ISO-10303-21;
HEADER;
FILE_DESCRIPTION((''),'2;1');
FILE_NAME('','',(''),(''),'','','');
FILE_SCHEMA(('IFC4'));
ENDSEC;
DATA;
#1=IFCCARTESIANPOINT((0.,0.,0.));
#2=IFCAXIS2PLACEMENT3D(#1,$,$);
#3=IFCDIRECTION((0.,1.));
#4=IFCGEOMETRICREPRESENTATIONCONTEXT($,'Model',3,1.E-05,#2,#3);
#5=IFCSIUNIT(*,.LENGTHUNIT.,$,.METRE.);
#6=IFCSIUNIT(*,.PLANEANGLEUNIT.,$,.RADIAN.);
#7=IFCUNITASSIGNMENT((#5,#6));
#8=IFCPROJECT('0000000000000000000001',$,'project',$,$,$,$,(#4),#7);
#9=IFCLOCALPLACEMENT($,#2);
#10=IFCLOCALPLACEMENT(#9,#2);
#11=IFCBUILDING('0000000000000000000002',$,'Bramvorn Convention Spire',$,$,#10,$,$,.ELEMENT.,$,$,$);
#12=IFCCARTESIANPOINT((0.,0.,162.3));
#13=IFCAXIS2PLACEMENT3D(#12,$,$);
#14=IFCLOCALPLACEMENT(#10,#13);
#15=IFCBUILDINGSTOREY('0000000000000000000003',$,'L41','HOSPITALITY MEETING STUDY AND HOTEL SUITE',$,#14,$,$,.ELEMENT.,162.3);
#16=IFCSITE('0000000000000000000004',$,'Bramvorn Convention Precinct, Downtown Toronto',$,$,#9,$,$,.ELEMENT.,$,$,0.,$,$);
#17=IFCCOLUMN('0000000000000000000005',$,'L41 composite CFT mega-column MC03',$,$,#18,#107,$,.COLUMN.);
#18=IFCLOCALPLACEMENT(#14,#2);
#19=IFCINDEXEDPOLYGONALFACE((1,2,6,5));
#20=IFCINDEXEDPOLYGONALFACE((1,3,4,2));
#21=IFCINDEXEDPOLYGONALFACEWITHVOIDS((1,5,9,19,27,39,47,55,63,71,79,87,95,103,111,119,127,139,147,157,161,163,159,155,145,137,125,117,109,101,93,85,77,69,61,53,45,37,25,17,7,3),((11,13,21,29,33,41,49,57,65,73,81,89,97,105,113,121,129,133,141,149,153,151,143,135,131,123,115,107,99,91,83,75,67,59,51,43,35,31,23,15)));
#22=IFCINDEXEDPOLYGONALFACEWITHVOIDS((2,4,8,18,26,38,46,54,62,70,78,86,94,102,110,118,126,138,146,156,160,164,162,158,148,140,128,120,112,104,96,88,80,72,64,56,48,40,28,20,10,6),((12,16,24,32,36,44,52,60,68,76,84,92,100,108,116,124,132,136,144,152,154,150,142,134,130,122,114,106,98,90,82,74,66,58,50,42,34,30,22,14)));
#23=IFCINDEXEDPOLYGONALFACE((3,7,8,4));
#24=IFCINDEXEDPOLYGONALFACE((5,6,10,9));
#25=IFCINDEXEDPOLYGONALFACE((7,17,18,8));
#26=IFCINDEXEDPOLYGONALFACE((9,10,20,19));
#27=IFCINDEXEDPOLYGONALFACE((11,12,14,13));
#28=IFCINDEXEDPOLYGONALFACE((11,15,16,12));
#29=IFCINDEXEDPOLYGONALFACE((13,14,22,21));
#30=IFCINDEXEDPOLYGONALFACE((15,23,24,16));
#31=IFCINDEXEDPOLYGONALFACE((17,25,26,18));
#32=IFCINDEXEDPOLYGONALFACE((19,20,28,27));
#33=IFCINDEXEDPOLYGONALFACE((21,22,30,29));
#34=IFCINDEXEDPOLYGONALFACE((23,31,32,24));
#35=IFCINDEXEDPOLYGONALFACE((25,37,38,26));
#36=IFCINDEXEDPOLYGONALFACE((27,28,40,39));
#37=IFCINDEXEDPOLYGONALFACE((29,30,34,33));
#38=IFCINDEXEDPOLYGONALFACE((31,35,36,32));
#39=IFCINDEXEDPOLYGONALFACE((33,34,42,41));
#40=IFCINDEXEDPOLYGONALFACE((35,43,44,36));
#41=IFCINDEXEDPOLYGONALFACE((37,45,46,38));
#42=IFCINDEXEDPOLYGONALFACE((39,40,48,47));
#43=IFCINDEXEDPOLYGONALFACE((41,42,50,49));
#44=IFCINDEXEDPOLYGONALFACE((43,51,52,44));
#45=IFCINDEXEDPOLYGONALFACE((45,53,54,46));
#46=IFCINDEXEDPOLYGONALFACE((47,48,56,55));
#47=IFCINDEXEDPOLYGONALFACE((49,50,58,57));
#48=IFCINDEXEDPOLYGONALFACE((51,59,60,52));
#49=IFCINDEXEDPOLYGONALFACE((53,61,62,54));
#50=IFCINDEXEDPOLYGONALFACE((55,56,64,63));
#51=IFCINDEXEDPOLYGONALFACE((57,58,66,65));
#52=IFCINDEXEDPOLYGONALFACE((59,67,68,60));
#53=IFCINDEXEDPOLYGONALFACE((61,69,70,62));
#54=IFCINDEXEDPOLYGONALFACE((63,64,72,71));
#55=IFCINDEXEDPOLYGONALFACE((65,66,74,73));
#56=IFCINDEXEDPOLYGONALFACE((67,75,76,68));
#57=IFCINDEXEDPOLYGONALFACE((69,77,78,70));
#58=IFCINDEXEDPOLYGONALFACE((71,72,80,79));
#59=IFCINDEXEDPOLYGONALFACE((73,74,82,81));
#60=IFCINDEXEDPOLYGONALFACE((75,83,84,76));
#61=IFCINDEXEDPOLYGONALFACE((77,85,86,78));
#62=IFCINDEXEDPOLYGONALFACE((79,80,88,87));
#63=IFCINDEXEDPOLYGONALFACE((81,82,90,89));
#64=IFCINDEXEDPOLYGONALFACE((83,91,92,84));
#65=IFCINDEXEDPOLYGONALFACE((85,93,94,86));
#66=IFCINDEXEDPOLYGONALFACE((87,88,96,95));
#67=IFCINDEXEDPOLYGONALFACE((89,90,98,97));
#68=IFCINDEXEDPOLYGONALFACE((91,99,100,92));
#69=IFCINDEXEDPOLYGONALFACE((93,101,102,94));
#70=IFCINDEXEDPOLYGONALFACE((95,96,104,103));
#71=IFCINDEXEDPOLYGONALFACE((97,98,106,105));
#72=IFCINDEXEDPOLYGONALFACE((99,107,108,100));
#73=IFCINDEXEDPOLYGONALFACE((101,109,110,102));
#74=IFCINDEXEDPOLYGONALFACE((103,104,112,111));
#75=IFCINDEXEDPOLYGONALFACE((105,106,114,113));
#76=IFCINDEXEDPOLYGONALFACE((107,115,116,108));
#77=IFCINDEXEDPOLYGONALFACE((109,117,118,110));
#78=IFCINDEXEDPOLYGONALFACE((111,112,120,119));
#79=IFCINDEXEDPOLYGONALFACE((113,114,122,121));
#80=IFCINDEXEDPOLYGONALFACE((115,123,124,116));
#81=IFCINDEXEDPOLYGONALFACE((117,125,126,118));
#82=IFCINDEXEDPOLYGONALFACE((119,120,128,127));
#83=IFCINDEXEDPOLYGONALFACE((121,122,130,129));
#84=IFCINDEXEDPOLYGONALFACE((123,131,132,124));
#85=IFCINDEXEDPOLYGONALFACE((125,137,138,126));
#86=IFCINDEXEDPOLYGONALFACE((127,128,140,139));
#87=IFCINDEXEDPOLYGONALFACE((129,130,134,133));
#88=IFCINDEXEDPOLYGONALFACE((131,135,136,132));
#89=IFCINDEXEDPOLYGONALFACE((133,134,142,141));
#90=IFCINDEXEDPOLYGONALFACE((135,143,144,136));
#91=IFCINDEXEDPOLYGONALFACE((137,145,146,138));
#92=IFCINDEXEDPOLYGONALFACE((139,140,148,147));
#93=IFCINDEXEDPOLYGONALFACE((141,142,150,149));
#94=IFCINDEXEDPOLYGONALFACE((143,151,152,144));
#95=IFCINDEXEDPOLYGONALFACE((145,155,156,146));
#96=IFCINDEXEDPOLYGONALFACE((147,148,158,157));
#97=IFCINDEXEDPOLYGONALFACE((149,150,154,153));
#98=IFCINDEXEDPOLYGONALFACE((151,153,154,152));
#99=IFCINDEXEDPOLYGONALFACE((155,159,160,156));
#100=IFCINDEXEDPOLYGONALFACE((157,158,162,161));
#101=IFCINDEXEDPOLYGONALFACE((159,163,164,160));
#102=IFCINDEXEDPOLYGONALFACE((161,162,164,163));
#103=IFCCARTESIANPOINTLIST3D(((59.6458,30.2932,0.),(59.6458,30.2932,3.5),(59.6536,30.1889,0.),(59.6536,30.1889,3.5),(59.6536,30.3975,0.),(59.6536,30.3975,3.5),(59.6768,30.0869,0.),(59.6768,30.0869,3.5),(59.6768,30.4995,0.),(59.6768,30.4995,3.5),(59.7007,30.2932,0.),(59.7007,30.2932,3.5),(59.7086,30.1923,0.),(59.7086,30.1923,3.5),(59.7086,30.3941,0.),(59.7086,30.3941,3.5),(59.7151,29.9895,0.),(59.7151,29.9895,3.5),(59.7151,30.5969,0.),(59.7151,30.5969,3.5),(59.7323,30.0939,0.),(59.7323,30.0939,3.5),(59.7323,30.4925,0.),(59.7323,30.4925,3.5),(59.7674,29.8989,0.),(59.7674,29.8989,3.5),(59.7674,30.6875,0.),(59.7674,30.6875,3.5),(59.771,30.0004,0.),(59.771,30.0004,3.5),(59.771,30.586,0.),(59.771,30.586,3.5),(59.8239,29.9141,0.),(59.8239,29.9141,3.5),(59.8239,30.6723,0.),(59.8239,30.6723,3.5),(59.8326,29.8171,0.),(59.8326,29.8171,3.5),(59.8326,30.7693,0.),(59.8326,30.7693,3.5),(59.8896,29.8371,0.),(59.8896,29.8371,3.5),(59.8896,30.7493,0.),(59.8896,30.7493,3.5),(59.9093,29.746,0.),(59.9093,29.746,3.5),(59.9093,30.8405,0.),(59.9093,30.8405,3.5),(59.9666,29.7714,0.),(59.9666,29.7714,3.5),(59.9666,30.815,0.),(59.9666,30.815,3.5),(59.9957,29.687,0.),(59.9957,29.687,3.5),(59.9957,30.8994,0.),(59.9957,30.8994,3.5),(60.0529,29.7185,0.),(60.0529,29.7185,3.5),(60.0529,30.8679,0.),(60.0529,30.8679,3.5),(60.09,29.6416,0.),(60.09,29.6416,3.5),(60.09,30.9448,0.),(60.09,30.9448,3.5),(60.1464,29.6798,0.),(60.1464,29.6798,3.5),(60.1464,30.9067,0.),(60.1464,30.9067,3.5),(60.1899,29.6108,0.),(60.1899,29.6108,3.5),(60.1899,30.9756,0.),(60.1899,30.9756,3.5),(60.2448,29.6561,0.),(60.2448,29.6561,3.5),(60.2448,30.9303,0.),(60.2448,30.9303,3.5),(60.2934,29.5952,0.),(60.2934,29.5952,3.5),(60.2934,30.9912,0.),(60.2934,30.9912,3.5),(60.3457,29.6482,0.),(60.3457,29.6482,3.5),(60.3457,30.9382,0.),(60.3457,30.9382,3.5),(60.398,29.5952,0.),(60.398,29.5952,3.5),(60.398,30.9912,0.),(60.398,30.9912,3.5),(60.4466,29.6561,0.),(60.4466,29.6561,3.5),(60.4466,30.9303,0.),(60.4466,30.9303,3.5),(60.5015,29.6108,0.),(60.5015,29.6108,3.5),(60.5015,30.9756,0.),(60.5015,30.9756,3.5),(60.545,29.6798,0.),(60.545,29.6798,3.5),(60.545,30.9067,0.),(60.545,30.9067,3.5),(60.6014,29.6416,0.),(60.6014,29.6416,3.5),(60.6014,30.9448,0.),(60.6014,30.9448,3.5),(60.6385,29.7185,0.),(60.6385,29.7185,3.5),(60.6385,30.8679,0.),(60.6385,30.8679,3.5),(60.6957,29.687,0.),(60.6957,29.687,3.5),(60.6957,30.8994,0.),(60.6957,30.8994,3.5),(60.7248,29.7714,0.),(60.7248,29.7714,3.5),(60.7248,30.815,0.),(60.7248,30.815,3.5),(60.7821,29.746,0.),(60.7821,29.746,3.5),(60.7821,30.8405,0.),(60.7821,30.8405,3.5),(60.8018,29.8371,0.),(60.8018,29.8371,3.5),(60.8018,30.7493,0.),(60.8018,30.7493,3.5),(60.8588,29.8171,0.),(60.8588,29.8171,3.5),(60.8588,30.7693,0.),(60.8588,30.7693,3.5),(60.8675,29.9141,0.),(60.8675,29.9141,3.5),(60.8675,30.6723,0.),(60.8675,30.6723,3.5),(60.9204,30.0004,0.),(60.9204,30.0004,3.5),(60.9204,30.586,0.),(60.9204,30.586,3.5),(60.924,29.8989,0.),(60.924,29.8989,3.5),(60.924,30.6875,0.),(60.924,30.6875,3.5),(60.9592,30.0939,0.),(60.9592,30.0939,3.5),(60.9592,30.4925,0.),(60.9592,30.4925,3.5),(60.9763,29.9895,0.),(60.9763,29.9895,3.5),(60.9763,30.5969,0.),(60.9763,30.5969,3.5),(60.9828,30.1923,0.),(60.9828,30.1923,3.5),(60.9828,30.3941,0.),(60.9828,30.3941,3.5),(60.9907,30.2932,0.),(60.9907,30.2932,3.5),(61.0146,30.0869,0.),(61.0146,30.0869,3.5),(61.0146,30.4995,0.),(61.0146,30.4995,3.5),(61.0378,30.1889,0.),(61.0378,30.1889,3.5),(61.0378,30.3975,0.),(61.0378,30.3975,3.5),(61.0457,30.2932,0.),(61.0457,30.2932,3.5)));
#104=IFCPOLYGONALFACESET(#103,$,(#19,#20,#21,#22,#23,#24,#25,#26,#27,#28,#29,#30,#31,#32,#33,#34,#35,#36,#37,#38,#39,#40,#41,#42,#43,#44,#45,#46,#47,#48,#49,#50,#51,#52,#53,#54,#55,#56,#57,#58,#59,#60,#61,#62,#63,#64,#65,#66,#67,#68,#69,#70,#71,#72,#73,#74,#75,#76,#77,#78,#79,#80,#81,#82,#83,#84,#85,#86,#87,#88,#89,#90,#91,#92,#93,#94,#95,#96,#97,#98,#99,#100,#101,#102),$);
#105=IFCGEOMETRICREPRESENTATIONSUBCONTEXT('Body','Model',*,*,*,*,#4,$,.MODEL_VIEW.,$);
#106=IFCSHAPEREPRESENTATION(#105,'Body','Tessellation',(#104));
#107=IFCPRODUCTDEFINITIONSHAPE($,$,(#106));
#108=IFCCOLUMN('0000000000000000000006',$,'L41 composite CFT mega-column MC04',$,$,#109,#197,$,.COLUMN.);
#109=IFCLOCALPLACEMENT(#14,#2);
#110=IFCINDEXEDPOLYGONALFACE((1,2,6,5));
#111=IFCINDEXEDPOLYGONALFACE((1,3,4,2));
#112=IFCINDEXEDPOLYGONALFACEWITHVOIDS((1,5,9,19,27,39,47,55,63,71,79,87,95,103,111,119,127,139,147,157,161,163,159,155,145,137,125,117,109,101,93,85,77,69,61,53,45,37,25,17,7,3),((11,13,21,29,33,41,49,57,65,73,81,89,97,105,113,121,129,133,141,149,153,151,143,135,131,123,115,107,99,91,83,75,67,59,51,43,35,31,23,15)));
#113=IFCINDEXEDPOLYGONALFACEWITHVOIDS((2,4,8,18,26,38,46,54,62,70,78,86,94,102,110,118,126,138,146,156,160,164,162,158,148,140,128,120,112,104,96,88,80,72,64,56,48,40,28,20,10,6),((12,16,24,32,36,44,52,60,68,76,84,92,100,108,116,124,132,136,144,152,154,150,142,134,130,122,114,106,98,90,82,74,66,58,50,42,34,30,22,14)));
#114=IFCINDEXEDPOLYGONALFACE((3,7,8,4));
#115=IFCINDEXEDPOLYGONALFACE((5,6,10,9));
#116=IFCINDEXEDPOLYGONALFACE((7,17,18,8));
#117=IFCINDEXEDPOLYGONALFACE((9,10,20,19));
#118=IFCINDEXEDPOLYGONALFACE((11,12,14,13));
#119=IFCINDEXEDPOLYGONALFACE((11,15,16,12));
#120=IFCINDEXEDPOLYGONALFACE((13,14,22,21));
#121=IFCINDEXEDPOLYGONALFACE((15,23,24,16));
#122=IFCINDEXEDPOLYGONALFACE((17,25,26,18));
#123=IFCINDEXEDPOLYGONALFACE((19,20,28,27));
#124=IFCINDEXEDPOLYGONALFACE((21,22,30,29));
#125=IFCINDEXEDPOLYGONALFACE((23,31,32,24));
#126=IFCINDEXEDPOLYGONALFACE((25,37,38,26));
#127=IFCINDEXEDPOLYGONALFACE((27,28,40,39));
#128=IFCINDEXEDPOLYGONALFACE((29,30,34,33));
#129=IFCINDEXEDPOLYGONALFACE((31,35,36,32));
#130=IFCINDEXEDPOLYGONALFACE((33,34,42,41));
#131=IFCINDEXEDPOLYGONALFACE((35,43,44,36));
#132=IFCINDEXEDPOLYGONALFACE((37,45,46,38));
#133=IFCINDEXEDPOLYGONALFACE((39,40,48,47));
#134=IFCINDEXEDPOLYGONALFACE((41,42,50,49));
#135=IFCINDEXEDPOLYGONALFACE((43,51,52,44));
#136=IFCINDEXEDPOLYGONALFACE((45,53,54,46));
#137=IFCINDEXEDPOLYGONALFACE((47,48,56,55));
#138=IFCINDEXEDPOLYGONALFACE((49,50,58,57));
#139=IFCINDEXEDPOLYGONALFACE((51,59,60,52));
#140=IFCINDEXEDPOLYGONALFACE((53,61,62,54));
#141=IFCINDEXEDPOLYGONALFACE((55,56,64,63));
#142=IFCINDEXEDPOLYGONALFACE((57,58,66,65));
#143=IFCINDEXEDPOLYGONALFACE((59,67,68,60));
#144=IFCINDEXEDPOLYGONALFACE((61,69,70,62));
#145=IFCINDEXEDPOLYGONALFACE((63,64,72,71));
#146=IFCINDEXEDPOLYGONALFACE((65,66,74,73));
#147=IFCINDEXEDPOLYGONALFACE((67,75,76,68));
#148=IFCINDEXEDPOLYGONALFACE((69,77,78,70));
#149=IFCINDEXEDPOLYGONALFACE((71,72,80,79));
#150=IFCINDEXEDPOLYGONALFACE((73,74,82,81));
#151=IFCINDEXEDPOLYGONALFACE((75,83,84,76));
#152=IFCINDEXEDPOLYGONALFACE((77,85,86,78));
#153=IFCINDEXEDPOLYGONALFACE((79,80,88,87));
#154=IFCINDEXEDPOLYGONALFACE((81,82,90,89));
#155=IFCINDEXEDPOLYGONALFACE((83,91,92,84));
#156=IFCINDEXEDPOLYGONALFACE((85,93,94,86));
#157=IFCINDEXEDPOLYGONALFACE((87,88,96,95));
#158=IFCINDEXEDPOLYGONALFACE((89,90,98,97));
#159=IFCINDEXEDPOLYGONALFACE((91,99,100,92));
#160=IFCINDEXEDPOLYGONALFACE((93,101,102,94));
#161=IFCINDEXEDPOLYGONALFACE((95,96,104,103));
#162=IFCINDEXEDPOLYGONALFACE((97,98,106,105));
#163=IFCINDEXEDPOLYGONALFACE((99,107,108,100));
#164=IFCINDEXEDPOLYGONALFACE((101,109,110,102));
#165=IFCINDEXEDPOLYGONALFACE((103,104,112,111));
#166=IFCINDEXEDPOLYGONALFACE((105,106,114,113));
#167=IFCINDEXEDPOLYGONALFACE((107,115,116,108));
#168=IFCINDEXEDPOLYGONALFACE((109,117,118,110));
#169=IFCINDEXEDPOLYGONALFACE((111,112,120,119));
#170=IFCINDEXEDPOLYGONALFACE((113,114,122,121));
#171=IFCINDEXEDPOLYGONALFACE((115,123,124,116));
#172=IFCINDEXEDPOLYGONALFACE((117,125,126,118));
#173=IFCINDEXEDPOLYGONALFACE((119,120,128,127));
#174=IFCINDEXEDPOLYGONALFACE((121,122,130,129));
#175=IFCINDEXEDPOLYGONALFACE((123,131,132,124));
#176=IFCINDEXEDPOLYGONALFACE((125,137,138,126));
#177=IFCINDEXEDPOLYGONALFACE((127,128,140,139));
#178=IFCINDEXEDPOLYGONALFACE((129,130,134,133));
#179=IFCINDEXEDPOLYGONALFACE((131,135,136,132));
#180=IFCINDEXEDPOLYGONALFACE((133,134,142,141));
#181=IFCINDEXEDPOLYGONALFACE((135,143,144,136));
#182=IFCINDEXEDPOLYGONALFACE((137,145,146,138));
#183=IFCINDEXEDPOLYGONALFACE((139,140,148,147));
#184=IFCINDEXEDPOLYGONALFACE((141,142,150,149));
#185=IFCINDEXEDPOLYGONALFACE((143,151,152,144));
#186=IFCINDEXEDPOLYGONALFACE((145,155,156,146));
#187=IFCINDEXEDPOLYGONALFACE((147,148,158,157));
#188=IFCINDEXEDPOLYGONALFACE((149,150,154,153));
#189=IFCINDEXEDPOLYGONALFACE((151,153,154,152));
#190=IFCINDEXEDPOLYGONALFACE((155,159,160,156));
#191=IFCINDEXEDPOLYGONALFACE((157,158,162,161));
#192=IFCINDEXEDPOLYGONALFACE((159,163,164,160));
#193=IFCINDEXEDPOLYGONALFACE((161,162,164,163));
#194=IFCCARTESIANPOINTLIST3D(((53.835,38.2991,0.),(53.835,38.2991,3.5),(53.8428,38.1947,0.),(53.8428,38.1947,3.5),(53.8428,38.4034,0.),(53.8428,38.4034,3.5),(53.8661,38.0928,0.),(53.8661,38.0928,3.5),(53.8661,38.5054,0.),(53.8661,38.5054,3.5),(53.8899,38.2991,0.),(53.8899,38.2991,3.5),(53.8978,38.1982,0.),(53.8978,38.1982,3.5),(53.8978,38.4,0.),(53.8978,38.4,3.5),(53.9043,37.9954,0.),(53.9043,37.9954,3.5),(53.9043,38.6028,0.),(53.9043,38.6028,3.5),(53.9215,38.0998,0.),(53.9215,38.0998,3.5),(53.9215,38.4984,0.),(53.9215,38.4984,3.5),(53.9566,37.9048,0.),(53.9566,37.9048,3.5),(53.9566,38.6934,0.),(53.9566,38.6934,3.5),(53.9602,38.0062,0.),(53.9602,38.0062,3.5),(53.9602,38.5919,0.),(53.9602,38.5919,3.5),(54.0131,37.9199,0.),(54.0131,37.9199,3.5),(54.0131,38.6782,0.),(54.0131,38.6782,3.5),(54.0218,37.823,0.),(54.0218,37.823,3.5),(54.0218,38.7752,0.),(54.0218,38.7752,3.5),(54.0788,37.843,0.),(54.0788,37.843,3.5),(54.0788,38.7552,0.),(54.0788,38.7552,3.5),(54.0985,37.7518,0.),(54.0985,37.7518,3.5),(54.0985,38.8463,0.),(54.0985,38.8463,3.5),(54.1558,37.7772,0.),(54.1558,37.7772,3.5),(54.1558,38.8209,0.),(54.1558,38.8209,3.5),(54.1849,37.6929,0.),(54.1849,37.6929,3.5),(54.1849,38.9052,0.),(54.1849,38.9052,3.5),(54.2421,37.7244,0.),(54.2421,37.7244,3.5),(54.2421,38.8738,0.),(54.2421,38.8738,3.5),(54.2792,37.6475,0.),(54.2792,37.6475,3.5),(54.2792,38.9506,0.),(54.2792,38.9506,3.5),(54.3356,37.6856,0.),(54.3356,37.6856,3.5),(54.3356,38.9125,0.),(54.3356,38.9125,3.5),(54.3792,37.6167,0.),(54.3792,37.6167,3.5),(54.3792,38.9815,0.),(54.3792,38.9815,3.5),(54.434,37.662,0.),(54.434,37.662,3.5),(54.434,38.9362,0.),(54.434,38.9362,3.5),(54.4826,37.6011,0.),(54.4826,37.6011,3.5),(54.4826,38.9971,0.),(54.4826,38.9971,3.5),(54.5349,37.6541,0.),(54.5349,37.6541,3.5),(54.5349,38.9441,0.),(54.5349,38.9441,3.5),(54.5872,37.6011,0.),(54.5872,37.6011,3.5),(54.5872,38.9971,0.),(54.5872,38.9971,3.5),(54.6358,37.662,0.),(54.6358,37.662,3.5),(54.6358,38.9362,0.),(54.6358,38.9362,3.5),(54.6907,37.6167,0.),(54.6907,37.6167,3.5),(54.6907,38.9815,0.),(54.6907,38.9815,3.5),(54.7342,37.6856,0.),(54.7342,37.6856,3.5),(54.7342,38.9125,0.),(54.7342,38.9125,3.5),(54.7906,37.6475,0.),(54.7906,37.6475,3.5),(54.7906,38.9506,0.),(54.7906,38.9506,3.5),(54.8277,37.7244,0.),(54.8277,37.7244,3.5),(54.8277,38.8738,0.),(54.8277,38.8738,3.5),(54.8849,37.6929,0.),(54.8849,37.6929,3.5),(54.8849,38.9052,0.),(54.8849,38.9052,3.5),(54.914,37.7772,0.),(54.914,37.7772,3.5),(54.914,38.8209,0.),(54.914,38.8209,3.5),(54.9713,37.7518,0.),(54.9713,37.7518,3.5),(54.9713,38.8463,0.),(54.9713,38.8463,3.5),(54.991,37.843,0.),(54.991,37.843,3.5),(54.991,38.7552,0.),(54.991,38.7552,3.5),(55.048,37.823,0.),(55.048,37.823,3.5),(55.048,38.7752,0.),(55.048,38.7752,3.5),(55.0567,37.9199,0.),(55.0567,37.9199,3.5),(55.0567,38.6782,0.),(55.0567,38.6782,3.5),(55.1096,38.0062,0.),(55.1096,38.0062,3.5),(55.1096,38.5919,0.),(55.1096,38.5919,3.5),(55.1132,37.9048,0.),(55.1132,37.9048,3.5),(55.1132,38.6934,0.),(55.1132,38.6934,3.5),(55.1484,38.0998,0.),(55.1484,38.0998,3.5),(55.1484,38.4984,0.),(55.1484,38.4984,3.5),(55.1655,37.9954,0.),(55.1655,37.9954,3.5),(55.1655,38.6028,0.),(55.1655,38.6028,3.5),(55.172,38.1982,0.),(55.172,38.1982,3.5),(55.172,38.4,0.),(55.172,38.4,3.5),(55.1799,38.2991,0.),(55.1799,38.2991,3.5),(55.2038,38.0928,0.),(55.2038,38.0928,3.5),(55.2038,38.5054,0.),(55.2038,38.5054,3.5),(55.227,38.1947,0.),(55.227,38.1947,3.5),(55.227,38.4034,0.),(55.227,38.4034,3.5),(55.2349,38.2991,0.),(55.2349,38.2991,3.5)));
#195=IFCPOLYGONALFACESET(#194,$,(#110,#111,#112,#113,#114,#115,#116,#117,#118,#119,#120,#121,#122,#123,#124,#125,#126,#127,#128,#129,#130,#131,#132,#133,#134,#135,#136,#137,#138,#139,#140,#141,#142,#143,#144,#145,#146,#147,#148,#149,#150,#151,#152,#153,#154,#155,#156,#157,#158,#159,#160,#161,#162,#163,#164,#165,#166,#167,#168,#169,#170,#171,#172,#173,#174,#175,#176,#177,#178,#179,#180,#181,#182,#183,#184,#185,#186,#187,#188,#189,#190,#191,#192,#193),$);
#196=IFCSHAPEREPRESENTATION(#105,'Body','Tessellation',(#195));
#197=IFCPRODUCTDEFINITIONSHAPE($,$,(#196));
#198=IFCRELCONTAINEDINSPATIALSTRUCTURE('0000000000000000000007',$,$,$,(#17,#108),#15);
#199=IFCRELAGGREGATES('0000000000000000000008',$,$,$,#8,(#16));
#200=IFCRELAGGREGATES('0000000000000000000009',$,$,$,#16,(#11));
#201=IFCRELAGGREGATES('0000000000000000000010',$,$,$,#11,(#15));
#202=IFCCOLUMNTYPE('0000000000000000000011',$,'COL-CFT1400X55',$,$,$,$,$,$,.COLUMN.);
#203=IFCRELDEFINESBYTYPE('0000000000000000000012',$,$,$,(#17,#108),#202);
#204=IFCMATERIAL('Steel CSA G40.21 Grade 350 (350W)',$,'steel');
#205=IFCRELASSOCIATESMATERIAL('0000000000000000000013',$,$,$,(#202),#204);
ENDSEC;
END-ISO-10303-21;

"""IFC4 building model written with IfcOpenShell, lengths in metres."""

from ifc_helpers import new_model, si_unit, direction, frame, origin, origin_2d, place, context, subcontext, project, spatial, hollow_circle, extrude, material, material_profile, profile_set, type_object, element, save


model = new_model("IFC4")

# Units and contexts
model_context = context("Model", 3, precision=1e-05, world=origin(), true_north=direction((0.0, 1.0)))
body_context = subcontext(model_context, "Body", "Model", "MODEL_VIEW")
ifc_project = project(units=[si_unit("LENGTHUNIT", "METRE"), si_unit("PLANEANGLEUNIT", "RADIAN")], contexts=[model_context])

# Site, building, storey
site_placement = place(None, origin())
site = spatial("IfcSite", under=ifc_project, at=site_placement, Name="Bramvorn Convention Precinct, Downtown Toronto", CompositionType="ELEMENT", RefElevation=0.0)
building_placement = place(site_placement, origin())
building = spatial("IfcBuilding", under=site, at=building_placement, Name="Bramvorn Convention Spire", CompositionType="ELEMENT")
storey_placement = place(building_placement, frame((0.0, 0.0, 162.3)))
storey = spatial("IfcBuildingStorey", under=building, at=storey_placement, Name="L41", Description="HOSPITALITY MEETING STUDY AND HOTEL SUITE", CompositionType="ELEMENT", Elevation=162.3)

# Columns
ifc_material_1 = material(Name="Steel CSA G40.21 Grade 350 (350W)", Category="steel")
ifc_material_profile_1 = material_profile(ifc_material_1, hollow_circle(Radius=0.7, WallThickness=0.0549, at=origin_2d()))
ifc_profile_set_1 = profile_set([ifc_material_profile_1], Name="Steel CSA G40.21 Grade 350 (350W) - CFT1400X55")
column_type = type_object("IfcColumnType", Name="COL-CFT1400X55", PredefinedType="COLUMN", material=ifc_profile_set_1)
for number, where, z_axis, x_axis, name in (
    (1, (60.3457, 30.2932, 0.0), (0.0, 0.0, 1.0), (1.0, 0.0, 0.0), "L41 composite CFT mega-column MC03"),
    (2, (54.5349, 38.2991, 0.0), (0.0, 0.0, 1.0), (1.0, 0.0, 0.0), "L41 composite CFT mega-column MC04"),
):
    element("IfcColumn", number, at=place(storey_placement, frame(where, z_axis=z_axis, x_axis=x_axis)), inside=storey, type_object=column_type, Name=name, PredefinedType="COLUMN", context=body_context, shape_type="SweptSolid", body=[
        extrude(hollow_circle(Radius=0.7, WallThickness=0.0549, at=origin_2d()), origin(), (0.0, 0.0, 1.0), 3.5),
    ])

save(model, "model.ifc")
